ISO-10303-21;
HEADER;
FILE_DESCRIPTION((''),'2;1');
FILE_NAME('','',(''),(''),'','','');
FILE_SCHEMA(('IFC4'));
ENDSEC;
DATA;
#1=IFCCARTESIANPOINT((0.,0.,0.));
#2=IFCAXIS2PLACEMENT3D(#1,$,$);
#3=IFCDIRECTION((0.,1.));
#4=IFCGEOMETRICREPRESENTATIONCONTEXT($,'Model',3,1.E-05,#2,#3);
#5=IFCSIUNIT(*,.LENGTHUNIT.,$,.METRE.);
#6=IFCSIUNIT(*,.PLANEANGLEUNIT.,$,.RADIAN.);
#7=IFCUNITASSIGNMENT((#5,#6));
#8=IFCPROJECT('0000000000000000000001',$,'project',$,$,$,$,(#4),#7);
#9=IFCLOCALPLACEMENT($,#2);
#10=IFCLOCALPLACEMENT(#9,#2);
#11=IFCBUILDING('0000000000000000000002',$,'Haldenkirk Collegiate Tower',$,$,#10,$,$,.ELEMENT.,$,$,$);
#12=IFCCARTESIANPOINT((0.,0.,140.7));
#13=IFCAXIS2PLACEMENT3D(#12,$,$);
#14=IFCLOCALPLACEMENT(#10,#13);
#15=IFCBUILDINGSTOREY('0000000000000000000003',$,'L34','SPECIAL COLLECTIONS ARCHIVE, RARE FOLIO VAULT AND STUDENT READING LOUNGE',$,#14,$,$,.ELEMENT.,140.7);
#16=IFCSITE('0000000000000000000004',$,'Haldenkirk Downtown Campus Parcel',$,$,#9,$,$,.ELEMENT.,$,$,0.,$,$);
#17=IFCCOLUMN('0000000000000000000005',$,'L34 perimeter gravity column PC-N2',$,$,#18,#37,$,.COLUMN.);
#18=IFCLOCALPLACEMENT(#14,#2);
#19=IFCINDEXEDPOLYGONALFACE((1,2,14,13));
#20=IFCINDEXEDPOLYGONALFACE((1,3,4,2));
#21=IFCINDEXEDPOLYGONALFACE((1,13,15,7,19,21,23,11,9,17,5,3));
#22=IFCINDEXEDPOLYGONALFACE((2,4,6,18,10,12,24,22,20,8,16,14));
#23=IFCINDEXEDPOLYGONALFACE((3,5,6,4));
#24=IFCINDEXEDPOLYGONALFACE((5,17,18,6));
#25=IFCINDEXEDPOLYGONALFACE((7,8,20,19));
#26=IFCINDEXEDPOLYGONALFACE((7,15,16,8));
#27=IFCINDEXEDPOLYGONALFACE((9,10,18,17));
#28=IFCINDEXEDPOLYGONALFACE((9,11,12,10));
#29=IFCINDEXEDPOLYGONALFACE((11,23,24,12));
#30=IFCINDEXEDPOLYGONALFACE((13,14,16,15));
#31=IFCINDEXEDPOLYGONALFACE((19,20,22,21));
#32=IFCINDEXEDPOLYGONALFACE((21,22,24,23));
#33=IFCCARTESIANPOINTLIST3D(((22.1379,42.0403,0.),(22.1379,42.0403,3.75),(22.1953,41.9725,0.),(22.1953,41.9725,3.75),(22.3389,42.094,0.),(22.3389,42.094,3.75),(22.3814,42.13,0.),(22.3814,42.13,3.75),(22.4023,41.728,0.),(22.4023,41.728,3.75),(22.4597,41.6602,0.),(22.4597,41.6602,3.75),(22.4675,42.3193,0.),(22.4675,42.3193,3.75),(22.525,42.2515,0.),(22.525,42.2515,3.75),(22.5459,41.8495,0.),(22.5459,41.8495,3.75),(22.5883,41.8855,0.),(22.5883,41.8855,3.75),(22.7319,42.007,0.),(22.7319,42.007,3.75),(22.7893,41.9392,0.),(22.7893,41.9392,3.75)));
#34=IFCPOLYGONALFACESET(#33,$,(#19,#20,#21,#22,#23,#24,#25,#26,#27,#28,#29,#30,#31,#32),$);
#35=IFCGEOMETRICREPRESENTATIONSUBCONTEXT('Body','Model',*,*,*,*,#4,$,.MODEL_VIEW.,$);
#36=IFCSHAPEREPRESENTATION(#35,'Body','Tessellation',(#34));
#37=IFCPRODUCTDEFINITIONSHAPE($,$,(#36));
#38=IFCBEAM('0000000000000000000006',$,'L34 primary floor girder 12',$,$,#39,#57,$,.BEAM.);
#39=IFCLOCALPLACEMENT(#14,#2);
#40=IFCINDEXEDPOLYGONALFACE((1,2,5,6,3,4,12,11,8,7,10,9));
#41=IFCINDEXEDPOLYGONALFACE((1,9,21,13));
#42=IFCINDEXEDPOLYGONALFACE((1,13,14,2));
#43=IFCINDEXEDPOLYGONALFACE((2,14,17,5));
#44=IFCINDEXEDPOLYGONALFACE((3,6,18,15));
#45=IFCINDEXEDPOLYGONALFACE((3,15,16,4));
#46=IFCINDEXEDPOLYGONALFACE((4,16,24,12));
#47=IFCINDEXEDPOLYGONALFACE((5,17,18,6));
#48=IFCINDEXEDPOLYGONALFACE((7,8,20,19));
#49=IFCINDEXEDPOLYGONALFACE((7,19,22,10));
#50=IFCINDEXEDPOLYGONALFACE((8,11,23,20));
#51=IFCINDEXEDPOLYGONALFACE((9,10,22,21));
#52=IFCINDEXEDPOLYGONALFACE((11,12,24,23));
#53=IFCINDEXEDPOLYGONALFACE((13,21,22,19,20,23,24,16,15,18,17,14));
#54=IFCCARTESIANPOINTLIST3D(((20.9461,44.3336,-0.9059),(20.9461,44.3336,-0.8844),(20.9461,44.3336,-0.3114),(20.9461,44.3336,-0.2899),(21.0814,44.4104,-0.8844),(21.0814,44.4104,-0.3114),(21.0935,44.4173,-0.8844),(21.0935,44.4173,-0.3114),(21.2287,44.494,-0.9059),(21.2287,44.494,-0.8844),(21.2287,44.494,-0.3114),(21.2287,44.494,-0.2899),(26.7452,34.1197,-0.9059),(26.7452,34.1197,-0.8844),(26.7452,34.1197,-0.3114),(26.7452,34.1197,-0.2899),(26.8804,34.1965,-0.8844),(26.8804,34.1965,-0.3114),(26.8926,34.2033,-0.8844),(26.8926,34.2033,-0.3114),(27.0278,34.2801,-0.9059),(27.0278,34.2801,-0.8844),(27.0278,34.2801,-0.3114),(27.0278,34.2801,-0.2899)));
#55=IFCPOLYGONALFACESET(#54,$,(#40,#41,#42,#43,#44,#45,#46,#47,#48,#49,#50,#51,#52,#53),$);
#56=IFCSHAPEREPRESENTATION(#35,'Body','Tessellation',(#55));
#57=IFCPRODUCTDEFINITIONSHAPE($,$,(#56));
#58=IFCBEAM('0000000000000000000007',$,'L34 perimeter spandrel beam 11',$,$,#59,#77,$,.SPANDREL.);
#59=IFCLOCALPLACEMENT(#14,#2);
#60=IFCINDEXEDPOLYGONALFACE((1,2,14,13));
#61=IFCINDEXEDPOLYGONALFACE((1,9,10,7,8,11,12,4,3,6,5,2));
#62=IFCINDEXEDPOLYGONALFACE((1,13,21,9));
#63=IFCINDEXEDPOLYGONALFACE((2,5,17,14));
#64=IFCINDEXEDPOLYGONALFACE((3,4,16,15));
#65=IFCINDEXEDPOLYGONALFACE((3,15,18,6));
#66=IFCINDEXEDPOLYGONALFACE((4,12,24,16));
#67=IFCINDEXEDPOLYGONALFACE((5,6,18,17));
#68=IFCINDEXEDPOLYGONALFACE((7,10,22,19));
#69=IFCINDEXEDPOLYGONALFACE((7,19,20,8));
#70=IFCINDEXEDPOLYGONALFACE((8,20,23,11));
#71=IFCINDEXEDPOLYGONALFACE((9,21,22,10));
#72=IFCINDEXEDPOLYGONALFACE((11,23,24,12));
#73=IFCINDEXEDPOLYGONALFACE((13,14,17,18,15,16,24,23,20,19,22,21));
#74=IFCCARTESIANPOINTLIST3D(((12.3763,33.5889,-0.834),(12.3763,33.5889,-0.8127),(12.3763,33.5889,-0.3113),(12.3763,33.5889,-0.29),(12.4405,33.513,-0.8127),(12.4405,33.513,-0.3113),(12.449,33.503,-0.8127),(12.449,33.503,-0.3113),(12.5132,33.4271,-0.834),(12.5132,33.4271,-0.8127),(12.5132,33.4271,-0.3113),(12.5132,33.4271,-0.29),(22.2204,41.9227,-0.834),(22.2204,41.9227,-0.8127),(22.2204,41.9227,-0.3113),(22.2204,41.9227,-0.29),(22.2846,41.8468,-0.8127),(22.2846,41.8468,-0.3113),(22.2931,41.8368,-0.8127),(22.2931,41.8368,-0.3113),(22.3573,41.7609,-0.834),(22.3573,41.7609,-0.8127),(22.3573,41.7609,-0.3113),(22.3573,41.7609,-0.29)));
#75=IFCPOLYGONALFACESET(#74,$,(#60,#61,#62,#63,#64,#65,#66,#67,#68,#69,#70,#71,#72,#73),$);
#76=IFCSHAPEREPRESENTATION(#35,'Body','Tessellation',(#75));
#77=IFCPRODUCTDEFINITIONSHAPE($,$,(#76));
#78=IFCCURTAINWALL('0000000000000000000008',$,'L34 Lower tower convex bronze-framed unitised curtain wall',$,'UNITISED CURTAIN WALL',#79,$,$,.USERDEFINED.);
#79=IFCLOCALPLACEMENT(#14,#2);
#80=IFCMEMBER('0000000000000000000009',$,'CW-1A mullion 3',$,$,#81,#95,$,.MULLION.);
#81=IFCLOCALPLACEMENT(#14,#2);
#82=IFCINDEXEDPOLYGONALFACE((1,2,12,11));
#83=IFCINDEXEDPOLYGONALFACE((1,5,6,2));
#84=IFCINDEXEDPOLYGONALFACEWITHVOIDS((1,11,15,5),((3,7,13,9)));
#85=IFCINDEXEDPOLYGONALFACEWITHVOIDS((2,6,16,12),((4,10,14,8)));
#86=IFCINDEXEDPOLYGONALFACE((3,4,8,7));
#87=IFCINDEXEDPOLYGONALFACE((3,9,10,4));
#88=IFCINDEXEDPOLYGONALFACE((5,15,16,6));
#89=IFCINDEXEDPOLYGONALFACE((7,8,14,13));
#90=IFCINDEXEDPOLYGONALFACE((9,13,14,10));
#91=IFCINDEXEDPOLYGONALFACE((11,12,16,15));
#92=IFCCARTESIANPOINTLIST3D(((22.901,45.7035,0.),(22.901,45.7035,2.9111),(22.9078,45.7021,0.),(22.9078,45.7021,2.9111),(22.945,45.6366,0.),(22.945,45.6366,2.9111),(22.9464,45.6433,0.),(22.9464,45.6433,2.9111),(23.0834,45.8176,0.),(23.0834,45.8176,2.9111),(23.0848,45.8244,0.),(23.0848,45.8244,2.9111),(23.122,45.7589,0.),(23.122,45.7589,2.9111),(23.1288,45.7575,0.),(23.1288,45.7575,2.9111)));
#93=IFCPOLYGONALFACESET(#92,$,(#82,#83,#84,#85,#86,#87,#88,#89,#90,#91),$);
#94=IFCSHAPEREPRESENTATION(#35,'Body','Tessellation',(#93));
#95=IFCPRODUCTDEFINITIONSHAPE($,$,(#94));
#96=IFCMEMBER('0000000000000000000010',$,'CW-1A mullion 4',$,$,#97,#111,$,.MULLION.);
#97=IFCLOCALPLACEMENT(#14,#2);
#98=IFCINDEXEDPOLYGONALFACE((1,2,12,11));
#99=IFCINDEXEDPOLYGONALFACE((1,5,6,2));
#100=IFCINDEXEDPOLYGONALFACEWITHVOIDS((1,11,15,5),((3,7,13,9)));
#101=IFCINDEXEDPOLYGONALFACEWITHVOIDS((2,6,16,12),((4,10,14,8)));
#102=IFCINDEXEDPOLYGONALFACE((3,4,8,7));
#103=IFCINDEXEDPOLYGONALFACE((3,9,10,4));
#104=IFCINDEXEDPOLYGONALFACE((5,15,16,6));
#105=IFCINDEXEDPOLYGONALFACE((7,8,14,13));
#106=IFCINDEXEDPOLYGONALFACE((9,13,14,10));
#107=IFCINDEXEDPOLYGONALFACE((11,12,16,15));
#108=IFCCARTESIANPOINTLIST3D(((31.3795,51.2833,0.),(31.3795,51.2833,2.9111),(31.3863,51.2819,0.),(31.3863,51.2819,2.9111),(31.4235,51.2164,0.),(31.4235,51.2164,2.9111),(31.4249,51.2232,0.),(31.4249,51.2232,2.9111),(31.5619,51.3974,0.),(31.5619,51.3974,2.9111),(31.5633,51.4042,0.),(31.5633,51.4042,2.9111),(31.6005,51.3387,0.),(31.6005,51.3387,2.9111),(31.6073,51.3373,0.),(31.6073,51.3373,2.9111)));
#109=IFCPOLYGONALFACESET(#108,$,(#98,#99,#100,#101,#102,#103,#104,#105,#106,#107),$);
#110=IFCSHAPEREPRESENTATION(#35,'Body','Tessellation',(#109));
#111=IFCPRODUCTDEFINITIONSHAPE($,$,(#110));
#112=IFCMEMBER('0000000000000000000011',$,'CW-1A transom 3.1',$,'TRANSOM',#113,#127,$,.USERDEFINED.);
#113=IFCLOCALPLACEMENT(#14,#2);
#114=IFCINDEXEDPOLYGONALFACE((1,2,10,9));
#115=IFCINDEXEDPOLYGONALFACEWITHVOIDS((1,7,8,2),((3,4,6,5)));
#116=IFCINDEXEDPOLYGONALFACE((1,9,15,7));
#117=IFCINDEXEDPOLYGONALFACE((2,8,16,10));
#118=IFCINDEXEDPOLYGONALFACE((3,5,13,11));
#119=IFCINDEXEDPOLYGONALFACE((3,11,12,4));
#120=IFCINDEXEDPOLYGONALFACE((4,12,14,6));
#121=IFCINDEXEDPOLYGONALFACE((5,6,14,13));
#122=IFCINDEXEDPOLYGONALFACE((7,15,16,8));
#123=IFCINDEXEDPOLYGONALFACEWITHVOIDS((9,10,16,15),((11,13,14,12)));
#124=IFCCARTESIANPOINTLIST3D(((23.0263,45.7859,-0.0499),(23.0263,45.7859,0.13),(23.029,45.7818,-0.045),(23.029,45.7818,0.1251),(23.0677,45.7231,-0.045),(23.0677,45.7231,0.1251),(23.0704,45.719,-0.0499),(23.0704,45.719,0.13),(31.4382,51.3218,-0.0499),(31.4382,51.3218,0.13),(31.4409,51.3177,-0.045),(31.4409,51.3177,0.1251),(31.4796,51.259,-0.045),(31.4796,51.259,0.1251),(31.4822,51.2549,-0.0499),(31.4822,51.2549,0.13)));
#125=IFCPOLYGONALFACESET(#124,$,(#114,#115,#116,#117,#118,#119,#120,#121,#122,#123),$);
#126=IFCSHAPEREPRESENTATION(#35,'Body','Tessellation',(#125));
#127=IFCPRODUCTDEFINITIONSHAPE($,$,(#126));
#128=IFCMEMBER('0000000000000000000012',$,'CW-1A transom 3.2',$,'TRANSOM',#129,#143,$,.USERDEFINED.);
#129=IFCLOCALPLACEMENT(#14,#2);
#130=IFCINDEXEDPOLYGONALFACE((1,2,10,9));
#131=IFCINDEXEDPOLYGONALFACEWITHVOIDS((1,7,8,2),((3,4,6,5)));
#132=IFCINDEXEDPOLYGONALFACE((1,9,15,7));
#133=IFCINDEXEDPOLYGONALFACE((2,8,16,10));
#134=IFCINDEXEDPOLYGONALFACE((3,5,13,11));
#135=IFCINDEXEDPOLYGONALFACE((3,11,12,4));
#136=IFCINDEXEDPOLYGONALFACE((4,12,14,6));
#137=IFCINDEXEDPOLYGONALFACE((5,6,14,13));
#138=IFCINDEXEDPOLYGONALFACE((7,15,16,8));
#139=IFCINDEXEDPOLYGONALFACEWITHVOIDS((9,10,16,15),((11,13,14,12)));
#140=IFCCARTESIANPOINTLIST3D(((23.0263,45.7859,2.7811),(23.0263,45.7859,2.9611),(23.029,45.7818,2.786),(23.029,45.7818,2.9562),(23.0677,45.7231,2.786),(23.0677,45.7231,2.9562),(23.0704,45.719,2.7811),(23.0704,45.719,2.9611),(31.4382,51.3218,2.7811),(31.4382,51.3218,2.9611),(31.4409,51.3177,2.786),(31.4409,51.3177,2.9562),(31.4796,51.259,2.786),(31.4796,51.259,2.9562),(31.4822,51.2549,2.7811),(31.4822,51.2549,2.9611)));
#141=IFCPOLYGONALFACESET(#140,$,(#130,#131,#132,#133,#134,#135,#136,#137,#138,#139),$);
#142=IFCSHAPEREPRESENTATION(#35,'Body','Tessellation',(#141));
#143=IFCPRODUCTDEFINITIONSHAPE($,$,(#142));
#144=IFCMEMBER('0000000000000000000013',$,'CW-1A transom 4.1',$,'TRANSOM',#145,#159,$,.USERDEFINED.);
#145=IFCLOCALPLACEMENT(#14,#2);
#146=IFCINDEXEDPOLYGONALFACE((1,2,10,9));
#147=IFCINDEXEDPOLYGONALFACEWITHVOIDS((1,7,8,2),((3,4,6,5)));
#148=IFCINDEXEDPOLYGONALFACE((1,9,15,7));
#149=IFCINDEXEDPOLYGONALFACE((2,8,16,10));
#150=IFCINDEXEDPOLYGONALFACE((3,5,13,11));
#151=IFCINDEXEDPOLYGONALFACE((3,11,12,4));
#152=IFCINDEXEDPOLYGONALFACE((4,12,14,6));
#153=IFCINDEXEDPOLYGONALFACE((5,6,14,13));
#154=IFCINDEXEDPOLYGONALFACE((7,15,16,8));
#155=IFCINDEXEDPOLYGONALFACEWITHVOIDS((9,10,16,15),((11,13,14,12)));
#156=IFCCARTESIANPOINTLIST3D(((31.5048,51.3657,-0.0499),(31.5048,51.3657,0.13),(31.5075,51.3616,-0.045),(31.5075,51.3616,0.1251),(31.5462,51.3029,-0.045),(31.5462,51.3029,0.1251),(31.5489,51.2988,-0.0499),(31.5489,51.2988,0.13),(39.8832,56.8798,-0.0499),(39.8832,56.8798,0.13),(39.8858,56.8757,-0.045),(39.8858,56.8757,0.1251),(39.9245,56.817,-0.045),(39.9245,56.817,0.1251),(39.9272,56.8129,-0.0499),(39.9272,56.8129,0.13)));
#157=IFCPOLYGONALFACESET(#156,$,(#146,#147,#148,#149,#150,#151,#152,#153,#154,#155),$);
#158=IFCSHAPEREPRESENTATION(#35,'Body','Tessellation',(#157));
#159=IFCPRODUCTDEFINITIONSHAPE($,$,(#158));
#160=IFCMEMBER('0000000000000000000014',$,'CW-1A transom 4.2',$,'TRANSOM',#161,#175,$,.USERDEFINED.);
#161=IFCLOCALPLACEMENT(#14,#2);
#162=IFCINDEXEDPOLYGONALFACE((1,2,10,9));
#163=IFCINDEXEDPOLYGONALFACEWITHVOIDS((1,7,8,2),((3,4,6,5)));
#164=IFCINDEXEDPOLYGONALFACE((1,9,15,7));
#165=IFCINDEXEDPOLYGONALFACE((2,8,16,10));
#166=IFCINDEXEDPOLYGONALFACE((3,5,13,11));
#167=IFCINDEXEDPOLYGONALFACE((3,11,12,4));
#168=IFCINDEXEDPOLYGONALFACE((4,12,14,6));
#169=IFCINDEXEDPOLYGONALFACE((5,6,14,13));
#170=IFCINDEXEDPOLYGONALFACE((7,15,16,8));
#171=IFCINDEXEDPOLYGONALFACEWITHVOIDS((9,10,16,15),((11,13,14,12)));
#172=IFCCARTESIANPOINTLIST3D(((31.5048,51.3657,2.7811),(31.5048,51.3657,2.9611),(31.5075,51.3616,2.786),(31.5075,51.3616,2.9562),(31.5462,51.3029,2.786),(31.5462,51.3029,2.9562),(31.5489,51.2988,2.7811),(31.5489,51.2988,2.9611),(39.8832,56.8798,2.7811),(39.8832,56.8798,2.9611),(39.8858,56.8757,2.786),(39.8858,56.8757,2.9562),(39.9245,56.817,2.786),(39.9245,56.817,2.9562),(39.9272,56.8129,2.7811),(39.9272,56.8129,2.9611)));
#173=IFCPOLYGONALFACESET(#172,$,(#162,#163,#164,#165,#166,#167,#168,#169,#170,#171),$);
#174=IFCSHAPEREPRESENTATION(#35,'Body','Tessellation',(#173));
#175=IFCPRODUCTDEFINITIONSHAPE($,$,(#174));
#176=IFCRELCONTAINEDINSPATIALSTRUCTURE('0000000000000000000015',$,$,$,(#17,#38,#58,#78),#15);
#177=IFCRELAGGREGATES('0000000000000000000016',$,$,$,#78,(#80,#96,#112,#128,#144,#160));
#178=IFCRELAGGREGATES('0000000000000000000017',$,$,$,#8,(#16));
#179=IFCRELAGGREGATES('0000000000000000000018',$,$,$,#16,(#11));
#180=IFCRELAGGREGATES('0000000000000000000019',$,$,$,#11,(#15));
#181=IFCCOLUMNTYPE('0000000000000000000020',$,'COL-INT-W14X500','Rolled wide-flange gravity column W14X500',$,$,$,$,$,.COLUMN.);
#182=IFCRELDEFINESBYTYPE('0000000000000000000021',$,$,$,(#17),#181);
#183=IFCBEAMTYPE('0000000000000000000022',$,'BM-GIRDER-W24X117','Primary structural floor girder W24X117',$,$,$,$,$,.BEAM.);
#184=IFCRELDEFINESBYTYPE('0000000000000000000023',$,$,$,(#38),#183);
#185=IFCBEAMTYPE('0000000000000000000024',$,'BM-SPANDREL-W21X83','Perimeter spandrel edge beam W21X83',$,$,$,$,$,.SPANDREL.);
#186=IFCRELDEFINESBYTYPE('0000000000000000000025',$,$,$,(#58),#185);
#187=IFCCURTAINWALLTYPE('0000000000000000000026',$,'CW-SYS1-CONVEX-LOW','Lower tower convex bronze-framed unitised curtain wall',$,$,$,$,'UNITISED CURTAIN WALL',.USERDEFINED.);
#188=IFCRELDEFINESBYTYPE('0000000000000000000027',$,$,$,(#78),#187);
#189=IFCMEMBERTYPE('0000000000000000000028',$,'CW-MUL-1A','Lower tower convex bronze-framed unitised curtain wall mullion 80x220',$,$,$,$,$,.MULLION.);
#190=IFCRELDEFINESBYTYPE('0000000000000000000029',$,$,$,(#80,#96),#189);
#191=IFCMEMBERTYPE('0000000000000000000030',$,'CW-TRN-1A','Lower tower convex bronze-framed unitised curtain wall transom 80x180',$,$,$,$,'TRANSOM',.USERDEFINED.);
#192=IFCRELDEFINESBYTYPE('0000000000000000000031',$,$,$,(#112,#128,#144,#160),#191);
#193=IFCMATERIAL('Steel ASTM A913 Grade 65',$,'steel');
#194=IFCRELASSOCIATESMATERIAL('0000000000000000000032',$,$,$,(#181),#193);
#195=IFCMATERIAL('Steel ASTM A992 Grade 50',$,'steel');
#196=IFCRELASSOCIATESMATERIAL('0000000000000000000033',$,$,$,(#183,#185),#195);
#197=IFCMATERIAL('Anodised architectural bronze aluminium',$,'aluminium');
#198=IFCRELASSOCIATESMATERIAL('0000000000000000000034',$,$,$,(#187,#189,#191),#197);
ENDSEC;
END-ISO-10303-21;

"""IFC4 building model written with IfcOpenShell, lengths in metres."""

from ifc_helpers import new_model, si_unit, direction, frame, origin, origin_2d, place, context, subcontext, project, spatial, hollow_rectangle, i_section, extrude, material, material_profile, profile_set, type_object, element, aggregate, save


model = new_model("IFC4")

# Units and contexts
model_context = context("Model", 3, precision=1e-05, world=origin(), true_north=direction((0.0, 1.0)))
body_context = subcontext(model_context, "Body", "Model", "MODEL_VIEW")
ifc_project = project(units=[si_unit("LENGTHUNIT", "METRE"), si_unit("PLANEANGLEUNIT", "RADIAN")], contexts=[model_context])

# Site, building, storey
site_placement = place(None, origin())
site = spatial("IfcSite", under=ifc_project, at=site_placement, Name="Haldenkirk Downtown Campus Parcel", CompositionType="ELEMENT", RefElevation=0.0)
building_placement = place(site_placement, origin())
building = spatial("IfcBuilding", under=site, at=building_placement, Name="Haldenkirk Collegiate Tower", CompositionType="ELEMENT")
storey_placement = place(building_placement, frame((0.0, 0.0, 140.7)))
storey = spatial("IfcBuildingStorey", under=building, at=storey_placement, Name="L34", Description="SPECIAL COLLECTIONS ARCHIVE, RARE FOLIO VAULT AND STUDENT READING LOUNGE", CompositionType="ELEMENT", Elevation=140.7)

# Column
ifc_material_1 = material(Name="Steel ASTM A913 Grade 65", Category="steel")
ifc_material_profile_1 = material_profile(ifc_material_1, i_section(OverallWidth=0.4319, OverallDepth=0.498, WebThickness=0.0557, FlangeThickness=0.0889, at=origin_2d()), Name="W14X500")
ifc_profile_set_1 = profile_set([ifc_material_profile_1], Name="Steel ASTM A913 Grade 65")
column_type = type_object("IfcColumnType", Name="COL-INT-W14X500", Description="Rolled wide-flange gravity column W14X500", PredefinedType="COLUMN", material=ifc_profile_set_1)
column_placement = place(storey_placement, frame((22.4636, 41.9897, 0.0), z_axis=(0.0, 0.0, 1.0), x_axis=(0.763232, 0.646124, 0.0)))
element("IfcColumn", 1, at=column_placement, inside=storey, type_object=column_type, Name="L34 perimeter gravity column PC-N2", PredefinedType="COLUMN", context=body_context, shape_type="SweptSolid", body=[
    extrude(i_section(OverallWidth=0.4319, OverallDepth=0.498, WebThickness=0.0557, FlangeThickness=0.0889, at=origin_2d()), origin(), (0.0, 0.0, 1.0), 3.75),
])

# Beams
ifc_material_2 = material(Name="Steel ASTM A992 Grade 50", Category="steel")
ifc_material_profile_2 = material_profile(ifc_material_2, i_section(OverallWidth=0.325, OverallDepth=0.616, WebThickness=0.0139, FlangeThickness=0.0215, at=origin_2d()), Name="W24X117")
ifc_profile_set_2 = profile_set([ifc_material_profile_2], Name="Steel ASTM A992 Grade 50")
beam_type_1 = type_object("IfcBeamType", Name="BM-GIRDER-W24X117", Description="Primary structural floor girder W24X117", PredefinedType="BEAM", material=ifc_profile_set_2)
beam_1_placement = place(storey_placement, frame((21.0874, 44.4138, -0.5979), z_axis=(0.493735, -0.869612, 0.0), x_axis=(0.869612, 0.493735, 0.0)))
element("IfcBeam", 2, at=beam_1_placement, inside=storey, type_object=beam_type_1, Name="L34 primary floor girder 12", PredefinedType="BEAM", context=body_context, shape_type="SweptSolid", body=[
    extrude(i_section(OverallWidth=0.325, OverallDepth=0.616, WebThickness=0.0139, FlangeThickness=0.0215, at=origin_2d()), origin(), (0.0, 0.0, 1.0), 11.7454),
])
ifc_material_profile_3 = material_profile(ifc_material_2, i_section(OverallWidth=0.2119, OverallDepth=0.5439, WebThickness=0.0132, FlangeThickness=0.0212, at=origin_2d()), Name="W21X83")
ifc_profile_set_3 = profile_set([ifc_material_profile_3], Name="Steel ASTM A992 Grade 50")
beam_type_2 = type_object("IfcBeamType", Name="BM-SPANDREL-W21X83", Description="Perimeter spandrel edge beam W21X83", PredefinedType="SPANDREL", material=ifc_profile_set_3)
beam_2_placement = place(storey_placement, frame((22.2888, 41.8418, -0.562), z_axis=(-0.763225, -0.646132, 0.0), x_axis=(0.646132, -0.763225, 0.0)))
element("IfcBeam", 3, at=beam_2_placement, inside=storey, type_object=beam_type_2, Name="L34 perimeter spandrel beam 11", PredefinedType="SPANDREL", context=body_context, shape_type="SweptSolid", body=[
    extrude(i_section(OverallWidth=0.2119, OverallDepth=0.5439, WebThickness=0.0132, FlangeThickness=0.0212, at=origin_2d()), origin(), (0.0, 0.0, 1.0), 12.8979),
])

# Curtain wall, members
ifc_material_3 = material(Name="Anodised architectural bronze aluminium", Category="aluminium")
curtain_wall_type = type_object("IfcCurtainWallType", Name="CW-SYS1-CONVEX-LOW", Description="Lower tower convex bronze-framed unitised curtain wall", ElementType="UNITISED CURTAIN WALL", PredefinedType="USERDEFINED", material=ifc_material_3)
curtain_wall_placement = place(storey_placement, origin())
curtain_wall = element("IfcCurtainWall", 4, at=curtain_wall_placement, inside=storey, type_object=curtain_wall_type, Name="L34 Lower tower convex bronze-framed unitised curtain wall", ObjectType="UNITISED CURTAIN WALL", PredefinedType="USERDEFINED")
ifc_material_profile_4 = material_profile(ifc_material_3, hollow_rectangle(XDim=0.0801, YDim=0.22, WallThickness=0.0049, at=origin_2d()), Name="CW-MUL-1A")
ifc_profile_set_4 = profile_set([ifc_material_profile_4], Name="Anodised architectural bronze aluminium")
member_type_1 = type_object("IfcMemberType", Name="CW-MUL-1A", Description="Lower tower convex bronze-framed unitised curtain wall mullion 80x220", PredefinedType="MULLION", material=ifc_profile_set_4)
member_1_placement = place(storey_placement, frame((23.0149, 45.7305, 0.0), z_axis=(0.0, 0.0, 1.0), x_axis=(-0.54975, 0.835329, 0.0)))
member_1 = element("IfcMember", 5, at=member_1_placement, type_object=member_type_1, Name="CW-1A mullion 3", PredefinedType="MULLION", context=body_context, shape_type="SweptSolid", body=[
    extrude(hollow_rectangle(XDim=0.0801, YDim=0.22, WallThickness=0.0049, at=origin_2d()), origin(), (0.0, 0.0, 1.0), 2.9111),
])
member_2_placement = place(storey_placement, frame((31.4934, 51.3103, 0.0), z_axis=(0.0, 0.0, 1.0), x_axis=(-0.54975, 0.835329, 0.0)))
member_2 = element("IfcMember", 6, at=member_2_placement, type_object=member_type_1, Name="CW-1A mullion 4", PredefinedType="MULLION", context=body_context, shape_type="SweptSolid", body=[
    extrude(hollow_rectangle(XDim=0.0801, YDim=0.22, WallThickness=0.0049, at=origin_2d()), origin(), (0.0, 0.0, 1.0), 2.9111),
])
ifc_material_profile_5 = material_profile(ifc_material_3, hollow_rectangle(XDim=0.0801, YDim=0.1799, WallThickness=0.0049, at=origin_2d()), Name="CW-TRN-1A")
ifc_profile_set_5 = profile_set([ifc_material_profile_5], Name="Anodised architectural bronze aluminium")
member_type_2 = type_object("IfcMemberType", Name="CW-TRN-1A", Description="Lower tower convex bronze-framed unitised curtain wall transom 80x180", ElementType="TRANSOM", PredefinedType="USERDEFINED", material=ifc_profile_set_5)
member_3_placement = place(storey_placement, frame((23.0483, 45.7524, 0.04), z_axis=(0.835337, 0.549739, 0.0), x_axis=(-0.549739, 0.835337, 0.0)))
member_3 = element("IfcMember", 7, at=member_3_placement, type_object=member_type_2, Name="CW-1A transom 3.1", ObjectType="TRANSOM", PredefinedType="USERDEFINED", context=body_context, shape_type="SweptSolid", body=[
    extrude(hollow_rectangle(XDim=0.0801, YDim=0.1799, WallThickness=0.0049, at=origin_2d()), origin(), (0.0, 0.0, 1.0), 10.0701),
])
member_4_placement = place(storey_placement, frame((23.0483, 45.7524, 2.8711), z_axis=(0.835337, 0.549739, 0.0), x_axis=(-0.549739, 0.835337, 0.0)))
member_4 = element("IfcMember", 8, at=member_4_placement, type_object=member_type_2, Name="CW-1A transom 3.2", ObjectType="TRANSOM", PredefinedType="USERDEFINED", context=body_context, shape_type="SweptSolid", body=[
    extrude(hollow_rectangle(XDim=0.0801, YDim=0.1799, WallThickness=0.0049, at=origin_2d()), origin(), (0.0, 0.0, 1.0), 10.0701),
])
member_5_placement = place(storey_placement, frame((31.5269, 51.3323, 0.04), z_axis=(0.835324, 0.549759, 0.0), x_axis=(-0.549759, 0.835324, 0.0)))
member_5 = element("IfcMember", 9, at=member_5_placement, type_object=member_type_2, Name="CW-1A transom 4.1", ObjectType="TRANSOM", PredefinedType="USERDEFINED", context=body_context, shape_type="SweptSolid", body=[
    extrude(hollow_rectangle(XDim=0.0801, YDim=0.1799, WallThickness=0.0049, at=origin_2d()), origin(), (0.0, 0.0, 1.0), 10.03),
])
member_6_placement = place(storey_placement, frame((31.5269, 51.3323, 2.8711), z_axis=(0.835324, 0.549759, 0.0), x_axis=(-0.549759, 0.835324, 0.0)))
member_6 = element("IfcMember", 10, at=member_6_placement, type_object=member_type_2, Name="CW-1A transom 4.2", ObjectType="TRANSOM", PredefinedType="USERDEFINED", context=body_context, shape_type="SweptSolid", body=[
    extrude(hollow_rectangle(XDim=0.0801, YDim=0.1799, WallThickness=0.0049, at=origin_2d()), origin(), (0.0, 0.0, 1.0), 10.03),
])
aggregate(curtain_wall, [member_1, member_2, member_3, member_4, member_5, member_6])

save(model, "model.ifc")
